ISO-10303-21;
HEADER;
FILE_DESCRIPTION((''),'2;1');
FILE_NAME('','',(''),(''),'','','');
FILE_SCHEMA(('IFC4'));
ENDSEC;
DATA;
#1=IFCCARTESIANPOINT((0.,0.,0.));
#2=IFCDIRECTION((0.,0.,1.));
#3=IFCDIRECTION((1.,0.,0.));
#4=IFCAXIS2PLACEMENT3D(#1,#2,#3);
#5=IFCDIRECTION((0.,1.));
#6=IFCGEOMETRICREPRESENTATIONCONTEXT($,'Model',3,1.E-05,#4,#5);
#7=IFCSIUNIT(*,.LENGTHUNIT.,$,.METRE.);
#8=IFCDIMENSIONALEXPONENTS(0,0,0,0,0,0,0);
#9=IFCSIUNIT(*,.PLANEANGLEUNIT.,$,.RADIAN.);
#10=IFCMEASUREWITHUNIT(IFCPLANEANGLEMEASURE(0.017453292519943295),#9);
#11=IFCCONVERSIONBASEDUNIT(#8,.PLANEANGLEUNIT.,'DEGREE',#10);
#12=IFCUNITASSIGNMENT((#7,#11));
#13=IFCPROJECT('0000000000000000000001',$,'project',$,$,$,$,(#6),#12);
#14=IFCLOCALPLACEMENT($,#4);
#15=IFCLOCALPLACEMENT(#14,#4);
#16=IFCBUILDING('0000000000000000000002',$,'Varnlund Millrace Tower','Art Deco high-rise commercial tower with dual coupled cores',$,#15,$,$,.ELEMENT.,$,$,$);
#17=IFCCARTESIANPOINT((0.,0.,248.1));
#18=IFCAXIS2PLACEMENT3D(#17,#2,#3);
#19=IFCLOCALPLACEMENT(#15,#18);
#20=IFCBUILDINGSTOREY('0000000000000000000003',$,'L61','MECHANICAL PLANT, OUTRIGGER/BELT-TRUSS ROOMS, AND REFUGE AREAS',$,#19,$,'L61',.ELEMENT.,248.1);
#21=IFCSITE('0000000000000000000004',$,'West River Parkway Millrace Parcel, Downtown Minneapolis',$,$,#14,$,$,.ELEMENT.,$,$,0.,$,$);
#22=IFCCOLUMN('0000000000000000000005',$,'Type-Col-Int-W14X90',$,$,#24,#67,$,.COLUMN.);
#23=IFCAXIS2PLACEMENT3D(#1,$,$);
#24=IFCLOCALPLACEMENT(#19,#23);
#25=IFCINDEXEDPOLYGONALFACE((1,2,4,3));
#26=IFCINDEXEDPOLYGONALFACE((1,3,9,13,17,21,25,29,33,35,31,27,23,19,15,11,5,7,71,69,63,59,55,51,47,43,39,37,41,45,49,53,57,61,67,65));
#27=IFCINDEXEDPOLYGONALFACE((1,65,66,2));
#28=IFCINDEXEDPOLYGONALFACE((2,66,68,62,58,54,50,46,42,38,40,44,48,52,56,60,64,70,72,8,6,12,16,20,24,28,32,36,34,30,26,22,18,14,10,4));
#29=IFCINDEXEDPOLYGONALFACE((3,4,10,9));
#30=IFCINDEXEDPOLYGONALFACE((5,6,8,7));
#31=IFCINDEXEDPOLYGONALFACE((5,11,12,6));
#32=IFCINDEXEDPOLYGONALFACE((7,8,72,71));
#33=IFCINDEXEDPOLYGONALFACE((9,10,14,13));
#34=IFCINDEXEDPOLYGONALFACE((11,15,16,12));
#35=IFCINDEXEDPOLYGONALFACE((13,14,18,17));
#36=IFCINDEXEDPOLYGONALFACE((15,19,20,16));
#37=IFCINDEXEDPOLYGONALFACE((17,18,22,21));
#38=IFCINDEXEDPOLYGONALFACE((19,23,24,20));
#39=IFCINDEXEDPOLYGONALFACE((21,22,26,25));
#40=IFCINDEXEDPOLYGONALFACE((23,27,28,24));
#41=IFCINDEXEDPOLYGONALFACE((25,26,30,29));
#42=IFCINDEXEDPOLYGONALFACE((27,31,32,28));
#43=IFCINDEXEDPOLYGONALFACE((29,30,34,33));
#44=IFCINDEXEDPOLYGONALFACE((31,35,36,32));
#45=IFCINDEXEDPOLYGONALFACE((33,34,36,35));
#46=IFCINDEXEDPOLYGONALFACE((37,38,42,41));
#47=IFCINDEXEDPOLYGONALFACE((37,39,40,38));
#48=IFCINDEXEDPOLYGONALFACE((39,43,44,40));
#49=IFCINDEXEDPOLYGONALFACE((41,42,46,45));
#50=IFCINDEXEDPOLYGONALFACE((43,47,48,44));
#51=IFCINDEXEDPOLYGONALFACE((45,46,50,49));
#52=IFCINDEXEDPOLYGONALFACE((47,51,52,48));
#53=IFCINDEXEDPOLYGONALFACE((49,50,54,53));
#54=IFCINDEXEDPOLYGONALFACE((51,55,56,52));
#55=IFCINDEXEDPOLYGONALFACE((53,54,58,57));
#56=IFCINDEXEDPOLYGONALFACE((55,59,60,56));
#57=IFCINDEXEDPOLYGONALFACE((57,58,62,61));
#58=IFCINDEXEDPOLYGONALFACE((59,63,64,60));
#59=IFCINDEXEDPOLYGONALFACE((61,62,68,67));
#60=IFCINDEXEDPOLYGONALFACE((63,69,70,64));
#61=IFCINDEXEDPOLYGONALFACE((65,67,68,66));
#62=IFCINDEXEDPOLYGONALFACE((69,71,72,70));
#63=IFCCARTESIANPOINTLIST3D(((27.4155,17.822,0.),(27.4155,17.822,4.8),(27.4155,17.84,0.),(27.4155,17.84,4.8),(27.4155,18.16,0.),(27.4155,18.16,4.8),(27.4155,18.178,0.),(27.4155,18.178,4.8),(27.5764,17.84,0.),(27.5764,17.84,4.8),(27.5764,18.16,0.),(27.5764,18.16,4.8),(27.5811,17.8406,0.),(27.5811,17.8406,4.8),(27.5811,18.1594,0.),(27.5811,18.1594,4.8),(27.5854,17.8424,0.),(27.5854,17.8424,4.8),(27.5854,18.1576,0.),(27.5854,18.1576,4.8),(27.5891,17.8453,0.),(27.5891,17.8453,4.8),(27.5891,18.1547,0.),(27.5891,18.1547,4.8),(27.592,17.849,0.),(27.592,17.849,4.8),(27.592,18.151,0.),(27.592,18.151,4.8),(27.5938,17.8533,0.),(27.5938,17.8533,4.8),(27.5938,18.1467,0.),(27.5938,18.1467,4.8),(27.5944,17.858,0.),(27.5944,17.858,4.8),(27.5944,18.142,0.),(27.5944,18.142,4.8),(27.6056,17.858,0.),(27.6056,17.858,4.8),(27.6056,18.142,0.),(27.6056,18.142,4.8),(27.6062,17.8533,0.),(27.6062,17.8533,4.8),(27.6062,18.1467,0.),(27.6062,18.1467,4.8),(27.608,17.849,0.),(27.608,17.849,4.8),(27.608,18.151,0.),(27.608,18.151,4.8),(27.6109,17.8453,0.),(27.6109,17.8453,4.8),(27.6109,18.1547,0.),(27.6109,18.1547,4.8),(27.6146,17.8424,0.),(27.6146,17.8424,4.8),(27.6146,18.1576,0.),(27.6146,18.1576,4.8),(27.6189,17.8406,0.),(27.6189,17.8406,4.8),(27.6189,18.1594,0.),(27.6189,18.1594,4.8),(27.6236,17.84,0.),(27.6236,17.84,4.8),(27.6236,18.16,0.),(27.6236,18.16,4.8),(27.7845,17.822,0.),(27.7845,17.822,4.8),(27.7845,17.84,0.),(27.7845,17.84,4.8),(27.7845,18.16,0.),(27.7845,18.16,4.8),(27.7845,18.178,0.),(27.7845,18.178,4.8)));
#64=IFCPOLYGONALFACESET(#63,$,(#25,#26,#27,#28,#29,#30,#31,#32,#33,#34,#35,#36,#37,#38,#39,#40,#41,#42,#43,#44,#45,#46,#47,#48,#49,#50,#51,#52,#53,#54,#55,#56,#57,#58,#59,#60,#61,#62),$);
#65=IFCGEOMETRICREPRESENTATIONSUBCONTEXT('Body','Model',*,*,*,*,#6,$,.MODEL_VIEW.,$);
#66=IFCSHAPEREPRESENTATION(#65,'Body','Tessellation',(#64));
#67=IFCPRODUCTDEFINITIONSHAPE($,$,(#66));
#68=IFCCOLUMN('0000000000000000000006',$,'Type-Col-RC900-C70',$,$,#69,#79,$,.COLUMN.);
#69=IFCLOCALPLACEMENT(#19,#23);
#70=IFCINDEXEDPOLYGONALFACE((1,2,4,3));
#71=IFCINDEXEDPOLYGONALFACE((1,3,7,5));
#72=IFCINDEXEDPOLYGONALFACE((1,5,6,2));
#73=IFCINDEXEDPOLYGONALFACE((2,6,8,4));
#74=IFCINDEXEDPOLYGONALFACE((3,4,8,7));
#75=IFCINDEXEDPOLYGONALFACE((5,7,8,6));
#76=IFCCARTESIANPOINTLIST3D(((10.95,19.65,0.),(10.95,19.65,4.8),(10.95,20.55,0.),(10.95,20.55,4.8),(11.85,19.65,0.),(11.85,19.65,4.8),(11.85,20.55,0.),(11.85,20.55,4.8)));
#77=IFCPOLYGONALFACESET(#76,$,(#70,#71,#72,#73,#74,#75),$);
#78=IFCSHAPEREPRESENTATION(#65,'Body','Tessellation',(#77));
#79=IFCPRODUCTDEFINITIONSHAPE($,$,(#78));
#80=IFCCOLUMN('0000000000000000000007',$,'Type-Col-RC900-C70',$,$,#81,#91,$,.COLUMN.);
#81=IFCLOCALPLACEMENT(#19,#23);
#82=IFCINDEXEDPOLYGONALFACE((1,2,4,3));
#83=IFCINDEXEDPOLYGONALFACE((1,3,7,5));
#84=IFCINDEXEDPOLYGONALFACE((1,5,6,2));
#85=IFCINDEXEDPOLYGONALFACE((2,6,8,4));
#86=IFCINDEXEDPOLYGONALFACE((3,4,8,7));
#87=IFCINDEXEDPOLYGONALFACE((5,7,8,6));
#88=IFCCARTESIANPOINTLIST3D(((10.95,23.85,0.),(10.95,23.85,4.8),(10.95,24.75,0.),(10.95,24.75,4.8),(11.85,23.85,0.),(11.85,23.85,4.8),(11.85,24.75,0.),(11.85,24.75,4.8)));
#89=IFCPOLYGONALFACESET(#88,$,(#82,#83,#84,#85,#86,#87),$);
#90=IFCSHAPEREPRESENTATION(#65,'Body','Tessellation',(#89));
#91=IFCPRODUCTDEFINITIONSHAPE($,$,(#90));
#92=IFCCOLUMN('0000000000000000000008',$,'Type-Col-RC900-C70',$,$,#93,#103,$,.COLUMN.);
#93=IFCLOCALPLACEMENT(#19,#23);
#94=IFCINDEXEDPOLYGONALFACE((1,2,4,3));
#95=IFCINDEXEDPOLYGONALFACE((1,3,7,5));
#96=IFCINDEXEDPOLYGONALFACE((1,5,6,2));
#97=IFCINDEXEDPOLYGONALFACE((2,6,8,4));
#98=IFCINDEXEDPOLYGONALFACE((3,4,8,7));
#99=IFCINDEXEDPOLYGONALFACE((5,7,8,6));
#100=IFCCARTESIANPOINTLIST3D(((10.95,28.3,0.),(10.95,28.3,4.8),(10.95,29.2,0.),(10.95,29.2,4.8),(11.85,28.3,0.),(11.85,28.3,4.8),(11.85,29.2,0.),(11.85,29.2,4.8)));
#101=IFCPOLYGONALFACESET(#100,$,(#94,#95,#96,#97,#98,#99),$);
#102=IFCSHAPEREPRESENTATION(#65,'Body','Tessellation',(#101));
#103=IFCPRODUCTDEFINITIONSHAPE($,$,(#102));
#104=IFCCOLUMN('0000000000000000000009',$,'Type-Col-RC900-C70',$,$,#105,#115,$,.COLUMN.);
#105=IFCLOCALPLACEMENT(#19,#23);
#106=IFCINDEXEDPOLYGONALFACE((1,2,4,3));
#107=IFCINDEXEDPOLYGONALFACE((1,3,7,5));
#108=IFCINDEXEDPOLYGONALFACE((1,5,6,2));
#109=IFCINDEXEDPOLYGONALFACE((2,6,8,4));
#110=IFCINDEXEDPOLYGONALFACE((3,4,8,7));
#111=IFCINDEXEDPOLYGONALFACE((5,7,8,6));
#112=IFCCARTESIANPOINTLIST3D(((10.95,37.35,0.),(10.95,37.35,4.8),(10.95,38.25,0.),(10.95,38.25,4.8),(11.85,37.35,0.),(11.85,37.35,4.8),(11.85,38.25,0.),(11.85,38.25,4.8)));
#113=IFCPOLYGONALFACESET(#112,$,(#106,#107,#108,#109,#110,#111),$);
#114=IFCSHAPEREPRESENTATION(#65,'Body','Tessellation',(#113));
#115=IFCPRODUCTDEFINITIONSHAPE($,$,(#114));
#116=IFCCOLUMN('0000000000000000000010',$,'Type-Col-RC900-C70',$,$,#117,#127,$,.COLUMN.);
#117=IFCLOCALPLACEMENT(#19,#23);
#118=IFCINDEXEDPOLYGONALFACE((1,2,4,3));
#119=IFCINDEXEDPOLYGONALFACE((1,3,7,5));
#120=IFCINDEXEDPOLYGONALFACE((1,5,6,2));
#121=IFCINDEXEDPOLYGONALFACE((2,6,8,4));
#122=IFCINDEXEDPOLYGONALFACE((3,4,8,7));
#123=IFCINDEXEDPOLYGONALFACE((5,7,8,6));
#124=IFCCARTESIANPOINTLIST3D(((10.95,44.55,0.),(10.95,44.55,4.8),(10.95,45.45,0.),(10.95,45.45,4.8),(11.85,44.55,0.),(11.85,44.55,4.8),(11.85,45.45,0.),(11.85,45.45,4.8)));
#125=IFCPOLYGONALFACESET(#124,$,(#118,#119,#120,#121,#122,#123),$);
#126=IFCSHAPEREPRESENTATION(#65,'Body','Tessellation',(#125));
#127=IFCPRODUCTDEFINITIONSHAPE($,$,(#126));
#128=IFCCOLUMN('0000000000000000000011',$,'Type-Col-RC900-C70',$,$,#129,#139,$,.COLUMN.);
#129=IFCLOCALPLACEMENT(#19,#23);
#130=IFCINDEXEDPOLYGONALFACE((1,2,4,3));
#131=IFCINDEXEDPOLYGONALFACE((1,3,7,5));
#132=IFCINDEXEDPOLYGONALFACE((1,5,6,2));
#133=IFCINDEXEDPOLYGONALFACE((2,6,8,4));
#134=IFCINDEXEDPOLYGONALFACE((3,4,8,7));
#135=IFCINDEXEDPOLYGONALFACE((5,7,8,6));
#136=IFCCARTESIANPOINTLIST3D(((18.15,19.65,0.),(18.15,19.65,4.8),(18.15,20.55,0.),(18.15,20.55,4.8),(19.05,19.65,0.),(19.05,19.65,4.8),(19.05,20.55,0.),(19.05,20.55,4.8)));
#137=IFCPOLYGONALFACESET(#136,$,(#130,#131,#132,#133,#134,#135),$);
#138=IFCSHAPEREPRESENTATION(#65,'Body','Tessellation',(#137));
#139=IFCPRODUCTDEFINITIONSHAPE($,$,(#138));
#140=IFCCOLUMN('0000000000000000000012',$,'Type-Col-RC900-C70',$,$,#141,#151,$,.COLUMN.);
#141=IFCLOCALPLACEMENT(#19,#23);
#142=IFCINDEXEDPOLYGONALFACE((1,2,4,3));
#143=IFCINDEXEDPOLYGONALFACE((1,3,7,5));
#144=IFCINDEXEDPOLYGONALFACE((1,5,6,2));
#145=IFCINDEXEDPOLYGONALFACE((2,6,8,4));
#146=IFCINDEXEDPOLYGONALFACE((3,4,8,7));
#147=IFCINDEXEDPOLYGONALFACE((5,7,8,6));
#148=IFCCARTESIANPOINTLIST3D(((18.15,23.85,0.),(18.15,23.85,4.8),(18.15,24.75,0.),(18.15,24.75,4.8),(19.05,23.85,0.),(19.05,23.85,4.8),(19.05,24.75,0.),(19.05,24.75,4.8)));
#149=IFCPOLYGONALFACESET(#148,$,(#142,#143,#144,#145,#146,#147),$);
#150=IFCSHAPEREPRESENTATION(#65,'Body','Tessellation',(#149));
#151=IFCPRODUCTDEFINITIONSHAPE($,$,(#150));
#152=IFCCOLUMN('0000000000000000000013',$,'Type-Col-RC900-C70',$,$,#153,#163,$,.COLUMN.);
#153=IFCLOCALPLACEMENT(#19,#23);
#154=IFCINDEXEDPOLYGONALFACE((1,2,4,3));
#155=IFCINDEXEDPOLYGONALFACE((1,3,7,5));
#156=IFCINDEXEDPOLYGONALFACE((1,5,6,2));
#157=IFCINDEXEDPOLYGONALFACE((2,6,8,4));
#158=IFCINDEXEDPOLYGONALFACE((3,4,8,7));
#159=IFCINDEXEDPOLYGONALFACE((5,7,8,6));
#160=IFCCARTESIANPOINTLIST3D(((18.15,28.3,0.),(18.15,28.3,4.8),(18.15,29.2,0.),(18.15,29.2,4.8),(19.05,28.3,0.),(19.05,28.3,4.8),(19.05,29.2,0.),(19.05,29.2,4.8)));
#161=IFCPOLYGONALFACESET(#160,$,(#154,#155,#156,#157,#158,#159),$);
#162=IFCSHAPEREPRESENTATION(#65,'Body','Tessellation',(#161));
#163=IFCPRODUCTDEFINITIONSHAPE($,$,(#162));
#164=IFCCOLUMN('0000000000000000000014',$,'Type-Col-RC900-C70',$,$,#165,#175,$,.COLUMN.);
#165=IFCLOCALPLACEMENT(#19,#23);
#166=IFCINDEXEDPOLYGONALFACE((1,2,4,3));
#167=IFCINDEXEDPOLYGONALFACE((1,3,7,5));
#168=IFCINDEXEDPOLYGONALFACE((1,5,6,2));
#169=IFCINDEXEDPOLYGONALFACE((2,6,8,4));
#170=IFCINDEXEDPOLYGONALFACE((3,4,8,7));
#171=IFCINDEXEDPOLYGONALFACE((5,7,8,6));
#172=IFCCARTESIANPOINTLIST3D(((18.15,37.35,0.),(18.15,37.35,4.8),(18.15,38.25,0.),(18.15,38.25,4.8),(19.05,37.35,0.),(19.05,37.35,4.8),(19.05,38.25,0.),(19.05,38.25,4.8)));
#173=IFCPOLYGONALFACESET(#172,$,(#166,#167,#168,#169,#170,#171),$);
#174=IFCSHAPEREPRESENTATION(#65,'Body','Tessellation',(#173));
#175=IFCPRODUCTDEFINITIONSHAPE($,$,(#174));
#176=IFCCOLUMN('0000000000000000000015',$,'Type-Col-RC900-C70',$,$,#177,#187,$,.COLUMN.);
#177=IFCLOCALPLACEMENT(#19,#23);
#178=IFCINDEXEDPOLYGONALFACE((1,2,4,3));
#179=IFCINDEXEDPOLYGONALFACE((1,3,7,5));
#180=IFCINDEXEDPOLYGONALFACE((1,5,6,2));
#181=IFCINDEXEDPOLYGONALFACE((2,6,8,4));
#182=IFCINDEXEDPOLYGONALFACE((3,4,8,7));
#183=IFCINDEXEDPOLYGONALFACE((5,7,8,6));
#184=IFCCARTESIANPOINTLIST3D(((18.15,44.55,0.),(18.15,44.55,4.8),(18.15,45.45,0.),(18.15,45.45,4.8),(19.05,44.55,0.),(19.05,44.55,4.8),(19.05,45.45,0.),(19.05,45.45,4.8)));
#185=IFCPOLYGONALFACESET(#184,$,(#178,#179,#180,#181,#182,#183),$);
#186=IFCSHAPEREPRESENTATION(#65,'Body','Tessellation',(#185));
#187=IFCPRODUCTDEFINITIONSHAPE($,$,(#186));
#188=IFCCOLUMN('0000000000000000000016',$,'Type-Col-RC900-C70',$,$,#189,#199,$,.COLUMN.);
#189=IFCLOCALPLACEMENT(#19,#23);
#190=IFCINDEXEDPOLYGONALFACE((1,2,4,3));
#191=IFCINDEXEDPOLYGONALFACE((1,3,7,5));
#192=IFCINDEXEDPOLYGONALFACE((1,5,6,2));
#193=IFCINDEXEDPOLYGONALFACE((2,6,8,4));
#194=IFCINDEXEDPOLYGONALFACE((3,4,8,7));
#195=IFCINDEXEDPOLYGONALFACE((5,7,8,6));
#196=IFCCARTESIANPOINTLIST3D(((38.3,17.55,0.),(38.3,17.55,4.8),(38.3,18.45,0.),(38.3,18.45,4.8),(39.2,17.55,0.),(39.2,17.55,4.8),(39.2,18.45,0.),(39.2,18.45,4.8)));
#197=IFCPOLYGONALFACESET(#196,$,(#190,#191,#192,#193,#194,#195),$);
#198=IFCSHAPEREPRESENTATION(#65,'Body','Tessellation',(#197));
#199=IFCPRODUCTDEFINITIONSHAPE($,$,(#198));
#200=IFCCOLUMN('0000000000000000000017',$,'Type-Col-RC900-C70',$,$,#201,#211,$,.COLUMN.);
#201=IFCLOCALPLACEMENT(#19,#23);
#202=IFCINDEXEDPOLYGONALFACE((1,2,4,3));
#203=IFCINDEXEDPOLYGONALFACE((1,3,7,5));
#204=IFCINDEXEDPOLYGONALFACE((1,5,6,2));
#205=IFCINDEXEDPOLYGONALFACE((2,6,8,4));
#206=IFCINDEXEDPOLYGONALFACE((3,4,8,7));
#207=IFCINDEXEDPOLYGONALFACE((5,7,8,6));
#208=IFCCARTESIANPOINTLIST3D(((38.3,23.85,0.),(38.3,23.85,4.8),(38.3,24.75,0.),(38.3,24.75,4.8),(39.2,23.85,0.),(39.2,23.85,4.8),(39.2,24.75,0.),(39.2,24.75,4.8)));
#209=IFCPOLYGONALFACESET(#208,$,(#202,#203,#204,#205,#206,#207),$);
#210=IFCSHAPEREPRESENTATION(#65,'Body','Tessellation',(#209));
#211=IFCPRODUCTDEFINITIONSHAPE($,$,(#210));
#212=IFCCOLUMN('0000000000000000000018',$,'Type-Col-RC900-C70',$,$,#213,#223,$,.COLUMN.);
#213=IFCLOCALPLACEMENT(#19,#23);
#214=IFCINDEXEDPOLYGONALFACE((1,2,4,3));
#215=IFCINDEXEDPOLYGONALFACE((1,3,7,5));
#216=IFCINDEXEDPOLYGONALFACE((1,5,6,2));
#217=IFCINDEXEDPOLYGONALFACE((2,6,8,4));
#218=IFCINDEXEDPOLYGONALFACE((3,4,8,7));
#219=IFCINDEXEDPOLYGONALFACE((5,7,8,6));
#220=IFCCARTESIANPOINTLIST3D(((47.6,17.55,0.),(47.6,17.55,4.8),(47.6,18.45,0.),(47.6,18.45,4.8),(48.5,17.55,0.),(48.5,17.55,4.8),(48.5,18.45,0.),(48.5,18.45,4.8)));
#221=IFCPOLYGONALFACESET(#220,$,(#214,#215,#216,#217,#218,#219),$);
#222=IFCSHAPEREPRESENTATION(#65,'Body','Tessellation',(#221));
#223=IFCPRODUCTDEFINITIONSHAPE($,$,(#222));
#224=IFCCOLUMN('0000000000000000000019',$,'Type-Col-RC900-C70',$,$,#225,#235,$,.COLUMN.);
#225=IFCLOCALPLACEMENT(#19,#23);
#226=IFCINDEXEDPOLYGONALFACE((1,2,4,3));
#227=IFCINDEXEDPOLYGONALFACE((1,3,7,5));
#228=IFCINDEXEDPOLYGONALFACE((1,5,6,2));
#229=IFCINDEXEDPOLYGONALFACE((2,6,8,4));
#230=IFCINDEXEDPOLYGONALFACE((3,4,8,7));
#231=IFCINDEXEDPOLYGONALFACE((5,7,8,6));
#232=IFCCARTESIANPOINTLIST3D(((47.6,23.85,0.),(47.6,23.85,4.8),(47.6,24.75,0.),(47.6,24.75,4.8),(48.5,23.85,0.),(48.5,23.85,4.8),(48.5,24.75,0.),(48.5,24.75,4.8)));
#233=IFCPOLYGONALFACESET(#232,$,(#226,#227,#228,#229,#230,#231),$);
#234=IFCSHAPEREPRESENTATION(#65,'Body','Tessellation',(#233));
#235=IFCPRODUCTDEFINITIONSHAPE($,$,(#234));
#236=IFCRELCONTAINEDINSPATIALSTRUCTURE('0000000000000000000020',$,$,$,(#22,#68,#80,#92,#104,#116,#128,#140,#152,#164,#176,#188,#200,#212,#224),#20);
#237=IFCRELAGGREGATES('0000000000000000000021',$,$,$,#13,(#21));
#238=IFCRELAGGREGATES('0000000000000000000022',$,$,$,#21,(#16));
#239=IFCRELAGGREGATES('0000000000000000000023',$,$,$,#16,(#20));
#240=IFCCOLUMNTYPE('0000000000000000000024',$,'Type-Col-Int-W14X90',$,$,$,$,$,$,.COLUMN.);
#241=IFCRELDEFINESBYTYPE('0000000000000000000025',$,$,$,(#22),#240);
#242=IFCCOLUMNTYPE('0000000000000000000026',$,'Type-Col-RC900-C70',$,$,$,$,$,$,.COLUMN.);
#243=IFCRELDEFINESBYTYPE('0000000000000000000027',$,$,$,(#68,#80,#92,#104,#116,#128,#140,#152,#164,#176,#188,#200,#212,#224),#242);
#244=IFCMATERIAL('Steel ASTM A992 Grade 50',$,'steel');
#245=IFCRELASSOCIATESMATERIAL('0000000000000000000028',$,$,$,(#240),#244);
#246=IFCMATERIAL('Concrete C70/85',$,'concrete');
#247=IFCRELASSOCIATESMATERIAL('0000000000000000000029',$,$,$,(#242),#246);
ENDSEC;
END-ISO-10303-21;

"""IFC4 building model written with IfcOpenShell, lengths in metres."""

from ifc_helpers import new_model, entity, si_unit, converted_unit, direction, frame, origin_with_axes, origin_2d_with_axis, place, context, subcontext, project, spatial, rectangle, i_section, extrude, material, material_profile, profile_set, type_object, element, save


model = new_model("IFC4")

# Units and contexts
model_context = context("Model", 3, precision=1e-05, world=origin_with_axes(), true_north=direction((0.0, 1.0)))
body_context = subcontext(model_context, "Body", "Model", "MODEL_VIEW")
ifc_project = project(units=[si_unit("LENGTHUNIT", "METRE"), converted_unit("PLANEANGLEUNIT", "DEGREE", entity("IfcPlaneAngleMeasure", 0.017453292519943295), si_unit("PLANEANGLEUNIT", "RADIAN"), dimensions=[0, 0, 0, 0, 0, 0, 0])], contexts=[model_context])

# Site, building, storey
site_placement = place(None, origin_with_axes())
site = spatial("IfcSite", under=ifc_project, at=site_placement, Name="West River Parkway Millrace Parcel, Downtown Minneapolis", CompositionType="ELEMENT", RefElevation=0.0)
building_placement = place(site_placement, origin_with_axes())
building = spatial("IfcBuilding", under=site, at=building_placement, Name="Varnlund Millrace Tower", Description="Art Deco high-rise commercial tower with dual coupled cores", CompositionType="ELEMENT")
storey_placement = place(building_placement, frame((0.0, 0.0, 248.1), z_axis=(0.0, 0.0, 1.0), x_axis=(1.0, 0.0, 0.0)))
storey = spatial("IfcBuildingStorey", under=building, at=storey_placement, Name="L61", Description="MECHANICAL PLANT, OUTRIGGER/BELT-TRUSS ROOMS, AND REFUGE AREAS", LongName="L61", CompositionType="ELEMENT", Elevation=248.1)

# Columns
ifc_material_1 = material(Name="Steel ASTM A992 Grade 50", Category="steel")
ifc_material_profile_1 = material_profile(ifc_material_1, i_section(OverallWidth=0.369, OverallDepth=0.356, WebThickness=0.0112, FlangeThickness=0.018, FilletRadius=0.018, at=origin_2d_with_axis()), Name="Steel ASTM A992 Grade 50")
ifc_profile_set_1 = profile_set([ifc_material_profile_1], Name="Steel ASTM A992 Grade 50")
column_type_1 = type_object("IfcColumnType", Name="Type-Col-Int-W14X90", PredefinedType="COLUMN", material=ifc_profile_set_1)
column_placement = place(storey_placement, frame((27.6, 18.0, 0.0), z_axis=(0.0, 0.0, 1.0), x_axis=(1.0, 0.0, 0.0)))
element("IfcColumn", 1, at=column_placement, inside=storey, type_object=column_type_1, Name="Type-Col-Int-W14X90", PredefinedType="COLUMN", context=body_context, shape_type="SweptSolid", body=[
    extrude(i_section(OverallWidth=0.369, OverallDepth=0.356, WebThickness=0.0112, FlangeThickness=0.018, FilletRadius=0.018, at=origin_2d_with_axis()), origin_with_axes(), (0.0, 0.0, 1.0), 4.8),
])
ifc_material_2 = material(Name="Concrete C70/85", Category="concrete")
ifc_material_profile_2 = material_profile(ifc_material_2, rectangle(XDim=0.9, YDim=0.9, at=origin_2d_with_axis()), Name="Concrete C70/85")
ifc_profile_set_2 = profile_set([ifc_material_profile_2], Name="Concrete C70/85")
column_type_2 = type_object("IfcColumnType", Name="Type-Col-RC900-C70", PredefinedType="COLUMN", material=ifc_profile_set_2)
for number, where, z_axis, x_axis, name in (
    (2, (11.4, 20.1, 0.0), (0.0, 0.0, 1.0), (1.0, 0.0, 0.0), "Type-Col-RC900-C70"),
    (3, (11.4, 24.3, 0.0), (0.0, 0.0, 1.0), (1.0, 0.0, 0.0), "Type-Col-RC900-C70"),
    (4, (11.4, 28.75, 0.0), (0.0, 0.0, 1.0), (1.0, 0.0, 0.0), "Type-Col-RC900-C70"),
    (5, (11.4, 37.8, 0.0), (0.0, 0.0, 1.0), (1.0, 0.0, 0.0), "Type-Col-RC900-C70"),
    (6, (11.4, 45.0, 0.0), (0.0, 0.0, 1.0), (1.0, 0.0, 0.0), "Type-Col-RC900-C70"),
    (7, (18.6, 20.1, 0.0), (0.0, 0.0, 1.0), (1.0, 0.0, 0.0), "Type-Col-RC900-C70"),
    (8, (18.6, 24.3, 0.0), (0.0, 0.0, 1.0), (1.0, 0.0, 0.0), "Type-Col-RC900-C70"),
    (9, (18.6, 28.75, 0.0), (0.0, 0.0, 1.0), (1.0, 0.0, 0.0), "Type-Col-RC900-C70"),
    (10, (18.6, 37.8, 0.0), (0.0, 0.0, 1.0), (1.0, 0.0, 0.0), "Type-Col-RC900-C70"),
    (11, (18.6, 45.0, 0.0), (0.0, 0.0, 1.0), (1.0, 0.0, 0.0), "Type-Col-RC900-C70"),
    (12, (38.75, 18.0, 0.0), (0.0, 0.0, 1.0), (1.0, 0.0, 0.0), "Type-Col-RC900-C70"),
    (13, (38.75, 24.3, 0.0), (0.0, 0.0, 1.0), (1.0, 0.0, 0.0), "Type-Col-RC900-C70"),
    (14, (48.05, 18.0, 0.0), (0.0, 0.0, 1.0), (1.0, 0.0, 0.0), "Type-Col-RC900-C70"),
    (15, (48.05, 24.3, 0.0), (0.0, 0.0, 1.0), (1.0, 0.0, 0.0), "Type-Col-RC900-C70"),
):
    element("IfcColumn", number, at=place(storey_placement, frame(where, z_axis=z_axis, x_axis=x_axis)), inside=storey, type_object=column_type_2, Name=name, PredefinedType="COLUMN", context=body_context, shape_type="SweptSolid", body=[
        extrude(rectangle(XDim=0.9, YDim=0.9, at=origin_2d_with_axis()), origin_with_axes(), (0.0, 0.0, 1.0), 4.8),
    ])

save(model, "model.ifc")
